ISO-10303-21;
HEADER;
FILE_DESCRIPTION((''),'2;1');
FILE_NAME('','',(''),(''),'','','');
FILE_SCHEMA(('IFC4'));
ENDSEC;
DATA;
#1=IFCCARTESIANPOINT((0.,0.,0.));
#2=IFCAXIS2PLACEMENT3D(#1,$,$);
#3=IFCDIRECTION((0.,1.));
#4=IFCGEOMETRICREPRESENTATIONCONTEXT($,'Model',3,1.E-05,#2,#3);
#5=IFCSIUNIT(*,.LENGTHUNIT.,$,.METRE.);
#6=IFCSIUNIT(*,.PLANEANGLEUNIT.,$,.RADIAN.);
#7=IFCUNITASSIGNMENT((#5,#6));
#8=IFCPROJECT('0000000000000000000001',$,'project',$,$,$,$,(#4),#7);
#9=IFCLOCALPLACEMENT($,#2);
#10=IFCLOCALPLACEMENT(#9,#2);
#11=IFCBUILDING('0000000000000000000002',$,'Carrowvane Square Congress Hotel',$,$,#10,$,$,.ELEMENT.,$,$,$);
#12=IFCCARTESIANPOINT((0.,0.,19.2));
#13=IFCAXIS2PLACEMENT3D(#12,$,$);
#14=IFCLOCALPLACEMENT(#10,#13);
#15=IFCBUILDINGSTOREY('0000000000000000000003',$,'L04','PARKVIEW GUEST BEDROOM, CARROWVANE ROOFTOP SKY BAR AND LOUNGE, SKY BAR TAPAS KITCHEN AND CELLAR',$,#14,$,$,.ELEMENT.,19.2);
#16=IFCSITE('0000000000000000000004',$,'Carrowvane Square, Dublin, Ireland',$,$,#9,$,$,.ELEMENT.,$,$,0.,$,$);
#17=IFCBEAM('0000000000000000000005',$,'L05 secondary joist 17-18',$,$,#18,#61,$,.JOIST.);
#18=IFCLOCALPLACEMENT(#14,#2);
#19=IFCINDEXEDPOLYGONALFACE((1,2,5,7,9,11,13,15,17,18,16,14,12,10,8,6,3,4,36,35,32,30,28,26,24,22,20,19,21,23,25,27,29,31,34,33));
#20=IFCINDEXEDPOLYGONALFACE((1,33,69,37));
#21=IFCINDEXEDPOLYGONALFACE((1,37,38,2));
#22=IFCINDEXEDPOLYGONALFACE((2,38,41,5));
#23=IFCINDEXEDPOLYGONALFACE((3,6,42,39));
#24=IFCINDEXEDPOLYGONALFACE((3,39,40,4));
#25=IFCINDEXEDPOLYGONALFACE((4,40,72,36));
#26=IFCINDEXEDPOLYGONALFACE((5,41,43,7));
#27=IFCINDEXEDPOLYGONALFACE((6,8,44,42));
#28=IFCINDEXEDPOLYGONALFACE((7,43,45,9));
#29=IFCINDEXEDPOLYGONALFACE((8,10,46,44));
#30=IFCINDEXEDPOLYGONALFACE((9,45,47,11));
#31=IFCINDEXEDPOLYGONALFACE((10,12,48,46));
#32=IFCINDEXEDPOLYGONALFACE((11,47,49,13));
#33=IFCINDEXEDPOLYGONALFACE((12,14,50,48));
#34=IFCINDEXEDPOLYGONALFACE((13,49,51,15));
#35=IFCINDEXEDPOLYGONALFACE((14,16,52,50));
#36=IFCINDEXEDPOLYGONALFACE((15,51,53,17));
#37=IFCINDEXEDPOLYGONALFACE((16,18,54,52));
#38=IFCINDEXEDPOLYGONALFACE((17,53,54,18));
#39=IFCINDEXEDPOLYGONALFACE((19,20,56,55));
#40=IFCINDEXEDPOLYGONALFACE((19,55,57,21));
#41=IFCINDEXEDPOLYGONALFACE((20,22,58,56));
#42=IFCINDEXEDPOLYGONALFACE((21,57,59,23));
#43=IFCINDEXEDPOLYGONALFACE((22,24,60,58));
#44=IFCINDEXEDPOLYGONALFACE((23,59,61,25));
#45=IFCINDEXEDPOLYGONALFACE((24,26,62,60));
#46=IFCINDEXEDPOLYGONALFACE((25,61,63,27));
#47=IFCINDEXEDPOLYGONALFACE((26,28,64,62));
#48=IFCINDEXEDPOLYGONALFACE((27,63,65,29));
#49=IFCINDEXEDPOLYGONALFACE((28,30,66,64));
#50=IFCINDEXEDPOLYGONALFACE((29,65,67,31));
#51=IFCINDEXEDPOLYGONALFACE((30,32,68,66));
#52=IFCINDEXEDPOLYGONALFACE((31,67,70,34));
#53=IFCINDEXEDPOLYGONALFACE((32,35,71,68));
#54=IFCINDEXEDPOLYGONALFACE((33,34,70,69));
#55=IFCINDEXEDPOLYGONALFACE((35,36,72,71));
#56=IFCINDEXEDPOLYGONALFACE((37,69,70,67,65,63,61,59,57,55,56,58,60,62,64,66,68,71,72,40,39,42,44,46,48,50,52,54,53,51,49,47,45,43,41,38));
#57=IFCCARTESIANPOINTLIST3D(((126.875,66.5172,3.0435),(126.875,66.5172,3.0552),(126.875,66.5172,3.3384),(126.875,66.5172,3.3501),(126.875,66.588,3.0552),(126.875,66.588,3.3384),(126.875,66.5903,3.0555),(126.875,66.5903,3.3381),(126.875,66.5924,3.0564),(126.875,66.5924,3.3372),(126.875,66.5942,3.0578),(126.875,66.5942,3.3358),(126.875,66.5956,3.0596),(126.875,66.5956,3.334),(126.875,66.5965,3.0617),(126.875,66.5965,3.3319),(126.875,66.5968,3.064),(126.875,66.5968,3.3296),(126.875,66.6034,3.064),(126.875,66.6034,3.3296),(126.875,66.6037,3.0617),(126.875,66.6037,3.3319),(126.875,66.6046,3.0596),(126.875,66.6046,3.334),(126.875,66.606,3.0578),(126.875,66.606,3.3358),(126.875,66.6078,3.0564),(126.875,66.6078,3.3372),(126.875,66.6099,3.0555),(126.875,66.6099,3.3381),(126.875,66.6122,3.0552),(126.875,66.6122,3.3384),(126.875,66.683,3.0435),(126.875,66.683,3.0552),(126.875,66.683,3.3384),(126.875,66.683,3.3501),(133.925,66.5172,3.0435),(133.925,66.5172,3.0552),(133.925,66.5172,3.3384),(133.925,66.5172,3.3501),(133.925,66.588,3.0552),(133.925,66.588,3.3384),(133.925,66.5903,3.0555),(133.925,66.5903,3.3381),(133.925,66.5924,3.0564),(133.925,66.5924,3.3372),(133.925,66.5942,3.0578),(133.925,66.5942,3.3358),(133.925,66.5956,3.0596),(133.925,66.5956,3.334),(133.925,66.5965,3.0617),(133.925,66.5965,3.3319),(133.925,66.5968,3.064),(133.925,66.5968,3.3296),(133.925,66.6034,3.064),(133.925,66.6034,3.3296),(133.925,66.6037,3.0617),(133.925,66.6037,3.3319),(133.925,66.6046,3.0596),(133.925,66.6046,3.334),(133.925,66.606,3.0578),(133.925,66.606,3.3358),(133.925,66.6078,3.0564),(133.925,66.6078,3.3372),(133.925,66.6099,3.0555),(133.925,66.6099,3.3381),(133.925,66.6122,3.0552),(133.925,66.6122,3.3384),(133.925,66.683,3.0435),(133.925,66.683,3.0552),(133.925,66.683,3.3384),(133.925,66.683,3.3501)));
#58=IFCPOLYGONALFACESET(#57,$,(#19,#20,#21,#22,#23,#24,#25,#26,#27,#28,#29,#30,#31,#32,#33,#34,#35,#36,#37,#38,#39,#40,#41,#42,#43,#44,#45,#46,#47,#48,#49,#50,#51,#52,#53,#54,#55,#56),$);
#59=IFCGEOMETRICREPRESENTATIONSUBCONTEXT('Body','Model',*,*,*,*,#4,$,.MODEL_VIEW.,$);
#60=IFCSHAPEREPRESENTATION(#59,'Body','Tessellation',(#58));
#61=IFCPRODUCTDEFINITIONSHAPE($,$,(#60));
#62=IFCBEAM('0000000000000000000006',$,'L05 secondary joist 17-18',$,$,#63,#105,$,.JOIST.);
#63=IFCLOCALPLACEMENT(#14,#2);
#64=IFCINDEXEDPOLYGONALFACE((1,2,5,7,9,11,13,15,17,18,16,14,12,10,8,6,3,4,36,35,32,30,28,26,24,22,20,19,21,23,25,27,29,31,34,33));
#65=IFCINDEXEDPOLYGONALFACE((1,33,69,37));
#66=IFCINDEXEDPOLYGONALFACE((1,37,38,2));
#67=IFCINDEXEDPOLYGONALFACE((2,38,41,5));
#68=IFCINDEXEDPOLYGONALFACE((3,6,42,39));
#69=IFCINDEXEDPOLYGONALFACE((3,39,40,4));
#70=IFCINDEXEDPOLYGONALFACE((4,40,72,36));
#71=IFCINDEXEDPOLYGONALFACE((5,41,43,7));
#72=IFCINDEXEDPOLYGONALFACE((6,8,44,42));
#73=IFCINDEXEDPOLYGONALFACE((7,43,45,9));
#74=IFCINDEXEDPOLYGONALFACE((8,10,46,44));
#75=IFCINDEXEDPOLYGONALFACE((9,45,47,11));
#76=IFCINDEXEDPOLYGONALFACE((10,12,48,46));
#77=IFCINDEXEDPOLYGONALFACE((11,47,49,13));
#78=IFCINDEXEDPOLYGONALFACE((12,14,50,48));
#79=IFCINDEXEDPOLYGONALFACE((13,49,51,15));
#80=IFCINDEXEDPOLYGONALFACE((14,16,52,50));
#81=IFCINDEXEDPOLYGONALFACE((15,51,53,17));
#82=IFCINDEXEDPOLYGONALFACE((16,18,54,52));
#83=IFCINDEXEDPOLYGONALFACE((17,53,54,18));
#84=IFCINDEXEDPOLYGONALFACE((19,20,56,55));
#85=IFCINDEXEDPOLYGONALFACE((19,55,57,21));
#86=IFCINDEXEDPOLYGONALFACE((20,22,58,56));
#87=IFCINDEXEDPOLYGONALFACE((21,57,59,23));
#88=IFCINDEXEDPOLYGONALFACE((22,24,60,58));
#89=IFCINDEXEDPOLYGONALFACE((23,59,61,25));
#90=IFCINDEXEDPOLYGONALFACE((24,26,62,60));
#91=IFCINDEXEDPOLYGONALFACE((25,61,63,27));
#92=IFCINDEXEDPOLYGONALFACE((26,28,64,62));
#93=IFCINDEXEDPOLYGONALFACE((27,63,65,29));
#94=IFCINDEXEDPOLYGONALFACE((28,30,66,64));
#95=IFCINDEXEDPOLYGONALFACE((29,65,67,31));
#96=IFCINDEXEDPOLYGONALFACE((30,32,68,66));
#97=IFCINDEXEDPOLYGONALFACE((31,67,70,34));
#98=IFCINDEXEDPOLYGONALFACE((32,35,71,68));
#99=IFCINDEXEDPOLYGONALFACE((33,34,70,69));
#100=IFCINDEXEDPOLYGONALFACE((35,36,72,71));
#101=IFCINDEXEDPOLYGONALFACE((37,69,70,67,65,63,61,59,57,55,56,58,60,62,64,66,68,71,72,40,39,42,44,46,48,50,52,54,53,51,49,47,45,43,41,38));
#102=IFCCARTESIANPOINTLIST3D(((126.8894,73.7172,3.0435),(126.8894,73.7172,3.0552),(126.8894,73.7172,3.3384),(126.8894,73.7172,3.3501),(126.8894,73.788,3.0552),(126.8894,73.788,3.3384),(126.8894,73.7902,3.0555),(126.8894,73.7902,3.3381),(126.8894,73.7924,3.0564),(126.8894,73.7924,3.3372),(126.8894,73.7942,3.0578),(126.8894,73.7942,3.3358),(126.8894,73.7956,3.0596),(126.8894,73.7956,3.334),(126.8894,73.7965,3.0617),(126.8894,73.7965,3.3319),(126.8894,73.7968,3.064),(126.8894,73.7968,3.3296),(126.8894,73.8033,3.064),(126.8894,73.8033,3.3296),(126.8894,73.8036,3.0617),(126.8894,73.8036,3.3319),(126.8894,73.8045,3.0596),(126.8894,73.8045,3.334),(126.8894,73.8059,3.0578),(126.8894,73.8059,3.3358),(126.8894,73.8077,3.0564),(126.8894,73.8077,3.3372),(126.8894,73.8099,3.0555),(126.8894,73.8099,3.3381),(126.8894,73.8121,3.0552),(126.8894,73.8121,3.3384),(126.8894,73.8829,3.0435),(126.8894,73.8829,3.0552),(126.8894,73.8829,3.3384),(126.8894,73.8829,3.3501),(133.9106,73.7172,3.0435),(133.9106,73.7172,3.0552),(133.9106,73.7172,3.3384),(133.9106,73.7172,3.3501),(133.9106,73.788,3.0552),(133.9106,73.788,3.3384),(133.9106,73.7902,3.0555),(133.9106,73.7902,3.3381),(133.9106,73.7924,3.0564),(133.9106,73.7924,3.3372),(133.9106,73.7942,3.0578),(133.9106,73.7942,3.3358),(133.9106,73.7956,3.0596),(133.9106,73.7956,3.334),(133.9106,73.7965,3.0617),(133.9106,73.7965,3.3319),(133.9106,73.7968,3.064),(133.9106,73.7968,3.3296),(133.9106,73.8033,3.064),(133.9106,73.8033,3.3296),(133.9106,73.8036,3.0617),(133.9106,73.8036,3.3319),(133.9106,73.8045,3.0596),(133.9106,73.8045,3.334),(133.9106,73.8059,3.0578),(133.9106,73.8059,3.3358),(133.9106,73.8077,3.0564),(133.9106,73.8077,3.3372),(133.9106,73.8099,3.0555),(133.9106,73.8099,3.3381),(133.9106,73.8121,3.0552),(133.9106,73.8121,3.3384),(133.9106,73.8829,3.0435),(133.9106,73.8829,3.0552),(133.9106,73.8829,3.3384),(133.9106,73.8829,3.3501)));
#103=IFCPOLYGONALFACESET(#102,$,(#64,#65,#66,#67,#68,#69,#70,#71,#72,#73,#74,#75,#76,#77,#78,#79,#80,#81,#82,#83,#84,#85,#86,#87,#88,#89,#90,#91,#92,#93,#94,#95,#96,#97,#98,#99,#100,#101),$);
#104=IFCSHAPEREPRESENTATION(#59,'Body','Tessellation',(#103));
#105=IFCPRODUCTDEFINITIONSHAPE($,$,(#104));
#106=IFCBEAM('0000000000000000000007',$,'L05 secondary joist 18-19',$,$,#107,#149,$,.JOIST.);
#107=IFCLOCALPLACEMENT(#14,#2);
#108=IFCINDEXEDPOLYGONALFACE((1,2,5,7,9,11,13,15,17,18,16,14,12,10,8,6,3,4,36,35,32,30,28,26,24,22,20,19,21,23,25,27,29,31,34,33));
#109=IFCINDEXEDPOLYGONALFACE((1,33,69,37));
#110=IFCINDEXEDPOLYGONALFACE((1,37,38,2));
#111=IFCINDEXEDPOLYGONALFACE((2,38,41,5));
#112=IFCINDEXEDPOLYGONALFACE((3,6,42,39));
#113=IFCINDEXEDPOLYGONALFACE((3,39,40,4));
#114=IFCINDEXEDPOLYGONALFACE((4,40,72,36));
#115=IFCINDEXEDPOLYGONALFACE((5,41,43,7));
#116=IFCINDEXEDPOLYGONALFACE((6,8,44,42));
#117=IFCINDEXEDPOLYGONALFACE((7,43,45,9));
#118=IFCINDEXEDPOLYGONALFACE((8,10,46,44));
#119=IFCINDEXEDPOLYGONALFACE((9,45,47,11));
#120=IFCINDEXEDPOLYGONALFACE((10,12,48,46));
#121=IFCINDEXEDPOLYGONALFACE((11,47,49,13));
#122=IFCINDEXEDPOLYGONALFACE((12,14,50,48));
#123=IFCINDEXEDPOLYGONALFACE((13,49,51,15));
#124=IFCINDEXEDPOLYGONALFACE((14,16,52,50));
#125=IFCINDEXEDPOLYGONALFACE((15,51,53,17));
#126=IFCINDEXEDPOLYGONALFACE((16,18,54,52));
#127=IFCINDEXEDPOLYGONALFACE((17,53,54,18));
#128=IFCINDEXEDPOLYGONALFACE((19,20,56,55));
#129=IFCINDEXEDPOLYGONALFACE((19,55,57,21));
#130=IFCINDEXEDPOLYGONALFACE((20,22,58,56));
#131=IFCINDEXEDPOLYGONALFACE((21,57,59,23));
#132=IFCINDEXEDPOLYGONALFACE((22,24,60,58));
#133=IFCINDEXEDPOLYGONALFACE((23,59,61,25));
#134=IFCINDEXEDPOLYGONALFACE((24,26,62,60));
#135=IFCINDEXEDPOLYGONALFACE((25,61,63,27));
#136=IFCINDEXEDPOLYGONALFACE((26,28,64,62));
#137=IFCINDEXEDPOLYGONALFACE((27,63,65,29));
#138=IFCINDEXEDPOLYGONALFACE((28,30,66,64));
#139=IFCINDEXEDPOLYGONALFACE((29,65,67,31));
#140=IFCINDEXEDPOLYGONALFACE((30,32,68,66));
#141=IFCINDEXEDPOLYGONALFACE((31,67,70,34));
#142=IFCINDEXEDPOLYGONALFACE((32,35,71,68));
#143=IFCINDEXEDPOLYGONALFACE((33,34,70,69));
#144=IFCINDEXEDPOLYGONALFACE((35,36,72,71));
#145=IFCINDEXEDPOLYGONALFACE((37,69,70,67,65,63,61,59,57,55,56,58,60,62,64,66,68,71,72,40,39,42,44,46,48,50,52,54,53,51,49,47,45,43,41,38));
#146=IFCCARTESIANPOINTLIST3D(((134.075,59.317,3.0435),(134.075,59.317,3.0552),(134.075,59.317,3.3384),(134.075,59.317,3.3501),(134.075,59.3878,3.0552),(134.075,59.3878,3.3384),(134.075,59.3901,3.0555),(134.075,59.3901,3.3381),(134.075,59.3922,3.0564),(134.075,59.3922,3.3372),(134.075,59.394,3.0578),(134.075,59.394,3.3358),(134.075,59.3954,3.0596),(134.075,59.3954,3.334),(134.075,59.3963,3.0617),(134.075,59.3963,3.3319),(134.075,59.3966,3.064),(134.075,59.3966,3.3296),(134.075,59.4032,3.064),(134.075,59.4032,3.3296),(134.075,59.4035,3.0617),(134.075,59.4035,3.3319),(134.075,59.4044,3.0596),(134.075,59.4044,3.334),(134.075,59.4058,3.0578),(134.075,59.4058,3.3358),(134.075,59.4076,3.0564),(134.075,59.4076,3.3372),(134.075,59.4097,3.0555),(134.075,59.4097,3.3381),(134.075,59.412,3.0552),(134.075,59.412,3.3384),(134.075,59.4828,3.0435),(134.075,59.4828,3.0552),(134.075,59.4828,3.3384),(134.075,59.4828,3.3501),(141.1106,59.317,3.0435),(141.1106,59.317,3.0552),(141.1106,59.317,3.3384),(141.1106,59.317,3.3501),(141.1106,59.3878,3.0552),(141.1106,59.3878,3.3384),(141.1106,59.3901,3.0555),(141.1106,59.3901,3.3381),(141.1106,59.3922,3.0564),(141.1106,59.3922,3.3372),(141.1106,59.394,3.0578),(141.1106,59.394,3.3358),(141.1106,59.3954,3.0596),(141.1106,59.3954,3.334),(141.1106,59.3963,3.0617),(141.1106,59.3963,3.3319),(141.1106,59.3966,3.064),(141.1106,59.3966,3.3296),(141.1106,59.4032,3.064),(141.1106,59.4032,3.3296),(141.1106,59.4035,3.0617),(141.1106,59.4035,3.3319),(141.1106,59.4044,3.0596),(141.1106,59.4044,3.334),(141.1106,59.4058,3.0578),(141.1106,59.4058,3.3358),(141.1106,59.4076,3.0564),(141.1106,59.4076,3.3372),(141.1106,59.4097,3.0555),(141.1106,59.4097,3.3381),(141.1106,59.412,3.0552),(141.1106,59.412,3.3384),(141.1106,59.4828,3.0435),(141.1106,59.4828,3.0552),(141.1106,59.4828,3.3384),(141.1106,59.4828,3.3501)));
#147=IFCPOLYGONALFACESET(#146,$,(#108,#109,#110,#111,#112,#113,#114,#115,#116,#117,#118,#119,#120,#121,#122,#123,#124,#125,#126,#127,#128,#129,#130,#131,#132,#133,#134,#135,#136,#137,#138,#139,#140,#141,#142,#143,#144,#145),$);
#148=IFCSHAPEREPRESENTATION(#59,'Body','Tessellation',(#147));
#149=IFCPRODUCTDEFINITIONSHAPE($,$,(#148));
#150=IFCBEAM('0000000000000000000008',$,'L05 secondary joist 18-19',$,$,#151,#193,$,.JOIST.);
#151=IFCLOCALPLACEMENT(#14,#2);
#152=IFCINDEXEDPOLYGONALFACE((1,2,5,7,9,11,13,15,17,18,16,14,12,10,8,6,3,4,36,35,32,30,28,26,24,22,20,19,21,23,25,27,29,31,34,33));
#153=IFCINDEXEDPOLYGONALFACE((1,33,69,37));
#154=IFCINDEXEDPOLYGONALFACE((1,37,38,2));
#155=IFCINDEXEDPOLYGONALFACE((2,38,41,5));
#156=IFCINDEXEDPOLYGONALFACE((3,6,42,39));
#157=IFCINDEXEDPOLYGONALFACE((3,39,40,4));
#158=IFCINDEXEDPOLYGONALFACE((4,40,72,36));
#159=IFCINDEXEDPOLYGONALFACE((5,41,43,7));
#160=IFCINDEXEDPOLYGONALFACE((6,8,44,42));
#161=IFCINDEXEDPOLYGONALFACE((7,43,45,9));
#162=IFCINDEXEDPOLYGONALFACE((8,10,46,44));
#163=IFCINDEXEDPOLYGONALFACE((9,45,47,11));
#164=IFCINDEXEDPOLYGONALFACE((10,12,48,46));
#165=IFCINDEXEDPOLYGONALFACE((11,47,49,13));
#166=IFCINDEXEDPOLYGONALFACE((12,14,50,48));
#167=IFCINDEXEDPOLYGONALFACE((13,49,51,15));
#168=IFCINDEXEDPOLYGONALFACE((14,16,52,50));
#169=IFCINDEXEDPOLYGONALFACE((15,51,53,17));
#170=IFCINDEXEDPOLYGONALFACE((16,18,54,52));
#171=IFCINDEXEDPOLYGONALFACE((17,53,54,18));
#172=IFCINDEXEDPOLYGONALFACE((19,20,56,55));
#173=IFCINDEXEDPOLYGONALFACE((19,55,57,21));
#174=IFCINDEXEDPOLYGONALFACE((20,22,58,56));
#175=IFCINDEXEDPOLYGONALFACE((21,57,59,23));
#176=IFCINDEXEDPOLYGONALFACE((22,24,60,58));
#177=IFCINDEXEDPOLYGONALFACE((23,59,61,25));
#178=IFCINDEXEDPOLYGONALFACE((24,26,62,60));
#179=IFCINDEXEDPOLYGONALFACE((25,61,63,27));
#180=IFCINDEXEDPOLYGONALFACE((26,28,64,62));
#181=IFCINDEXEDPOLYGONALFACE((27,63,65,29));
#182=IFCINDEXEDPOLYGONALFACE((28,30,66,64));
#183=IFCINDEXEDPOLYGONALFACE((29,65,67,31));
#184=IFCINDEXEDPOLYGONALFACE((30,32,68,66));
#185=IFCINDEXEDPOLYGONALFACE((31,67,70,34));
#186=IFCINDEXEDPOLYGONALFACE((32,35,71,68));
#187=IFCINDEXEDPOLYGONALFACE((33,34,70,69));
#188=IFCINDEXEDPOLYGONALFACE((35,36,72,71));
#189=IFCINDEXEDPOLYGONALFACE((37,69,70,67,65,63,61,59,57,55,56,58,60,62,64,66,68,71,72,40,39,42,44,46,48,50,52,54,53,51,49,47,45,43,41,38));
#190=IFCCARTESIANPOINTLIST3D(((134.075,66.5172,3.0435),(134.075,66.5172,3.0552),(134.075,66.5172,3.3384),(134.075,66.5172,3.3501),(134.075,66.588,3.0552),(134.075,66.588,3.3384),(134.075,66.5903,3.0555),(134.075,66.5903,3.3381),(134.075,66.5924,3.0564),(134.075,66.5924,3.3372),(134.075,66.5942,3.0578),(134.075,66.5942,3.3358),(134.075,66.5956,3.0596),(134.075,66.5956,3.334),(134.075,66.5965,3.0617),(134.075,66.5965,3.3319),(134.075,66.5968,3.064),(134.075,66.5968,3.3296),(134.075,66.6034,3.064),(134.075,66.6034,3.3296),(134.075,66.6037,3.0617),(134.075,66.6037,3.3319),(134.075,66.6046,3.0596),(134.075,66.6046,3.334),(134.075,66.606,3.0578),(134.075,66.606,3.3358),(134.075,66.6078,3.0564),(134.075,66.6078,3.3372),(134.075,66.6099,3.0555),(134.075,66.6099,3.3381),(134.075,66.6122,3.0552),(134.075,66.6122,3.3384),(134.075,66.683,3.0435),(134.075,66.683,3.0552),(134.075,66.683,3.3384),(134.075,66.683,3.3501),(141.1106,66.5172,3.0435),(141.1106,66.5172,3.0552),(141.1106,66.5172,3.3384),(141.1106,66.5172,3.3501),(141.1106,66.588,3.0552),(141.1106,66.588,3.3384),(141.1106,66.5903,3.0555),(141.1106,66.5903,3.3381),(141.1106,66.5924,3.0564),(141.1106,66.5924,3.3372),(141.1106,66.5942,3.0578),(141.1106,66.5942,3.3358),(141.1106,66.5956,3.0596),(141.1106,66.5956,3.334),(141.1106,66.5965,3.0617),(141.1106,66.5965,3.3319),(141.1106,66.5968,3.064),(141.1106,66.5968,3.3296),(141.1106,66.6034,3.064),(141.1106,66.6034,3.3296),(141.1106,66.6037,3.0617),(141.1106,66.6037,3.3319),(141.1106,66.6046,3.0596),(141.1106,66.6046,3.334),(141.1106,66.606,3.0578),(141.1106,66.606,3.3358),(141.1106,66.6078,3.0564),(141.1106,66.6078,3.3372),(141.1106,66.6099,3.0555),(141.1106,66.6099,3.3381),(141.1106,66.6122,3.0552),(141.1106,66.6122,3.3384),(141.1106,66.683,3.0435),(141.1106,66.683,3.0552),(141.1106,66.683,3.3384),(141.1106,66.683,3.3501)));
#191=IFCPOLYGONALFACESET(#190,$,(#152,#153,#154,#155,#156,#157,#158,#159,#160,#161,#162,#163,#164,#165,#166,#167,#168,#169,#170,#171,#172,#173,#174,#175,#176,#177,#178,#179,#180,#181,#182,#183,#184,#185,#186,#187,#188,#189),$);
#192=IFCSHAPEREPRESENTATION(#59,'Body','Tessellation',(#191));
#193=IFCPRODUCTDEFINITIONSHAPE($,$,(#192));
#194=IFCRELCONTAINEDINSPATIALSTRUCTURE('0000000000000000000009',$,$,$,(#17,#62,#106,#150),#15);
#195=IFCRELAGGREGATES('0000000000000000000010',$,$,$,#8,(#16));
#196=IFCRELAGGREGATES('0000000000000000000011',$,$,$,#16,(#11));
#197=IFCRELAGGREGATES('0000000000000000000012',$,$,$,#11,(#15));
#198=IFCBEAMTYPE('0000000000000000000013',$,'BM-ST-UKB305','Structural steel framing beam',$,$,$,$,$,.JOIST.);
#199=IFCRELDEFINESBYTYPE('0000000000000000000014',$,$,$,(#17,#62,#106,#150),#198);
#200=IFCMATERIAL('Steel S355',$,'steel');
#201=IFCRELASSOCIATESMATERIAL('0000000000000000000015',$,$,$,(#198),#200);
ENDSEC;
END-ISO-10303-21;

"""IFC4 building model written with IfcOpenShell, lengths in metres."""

from ifc_helpers import new_model, si_unit, direction, frame, origin, origin_2d, place, context, subcontext, project, spatial, i_section, extrude, material, material_profile, profile_set, type_object, element, save


model = new_model("IFC4")

# Units and contexts
model_context = context("Model", 3, precision=1e-05, world=origin(), true_north=direction((0.0, 1.0)))
body_context = subcontext(model_context, "Body", "Model", "MODEL_VIEW")
ifc_project = project(units=[si_unit("LENGTHUNIT", "METRE"), si_unit("PLANEANGLEUNIT", "RADIAN")], contexts=[model_context])

# Site, building, storey
site_placement = place(None, origin())
site = spatial("IfcSite", under=ifc_project, at=site_placement, Name="Carrowvane Square, Dublin, Ireland", CompositionType="ELEMENT", RefElevation=0.0)
building_placement = place(site_placement, origin())
building = spatial("IfcBuilding", under=site, at=building_placement, Name="Carrowvane Square Congress Hotel", CompositionType="ELEMENT")
storey_placement = place(building_placement, frame((0.0, 0.0, 19.2)))
storey = spatial("IfcBuildingStorey", under=building, at=storey_placement, Name="L04", Description="PARKVIEW GUEST BEDROOM, CARROWVANE ROOFTOP SKY BAR AND LOUNGE, SKY BAR TAPAS KITCHEN AND CELLAR", CompositionType="ELEMENT", Elevation=19.2)

# Beams
ifc_material_1 = material(Name="Steel S355", Category="steel")
ifc_material_profile_1 = material_profile(ifc_material_1, i_section(OverallWidth=0.1658, OverallDepth=0.3066, WebThickness=0.0066, FlangeThickness=0.0117, FilletRadius=0.0088, at=origin_2d()), Name="UKB 305x165x46")
ifc_profile_set_1 = profile_set([ifc_material_profile_1], Name="Steel S355")
beam_type_1 = type_object("IfcBeamType", Name="BM-ST-UKB305", Description="Structural steel framing beam", PredefinedType="JOIST", material=ifc_profile_set_1)
for number, where, z_axis, x_axis, name in (
    (1, (126.875, 66.6001, 3.1968), (1.0, 0.0, 0.0), (0.0, 1.0, 0.0), "L05 secondary joist 17-18"),
):
    element("IfcBeam", number, at=place(storey_placement, frame(where, z_axis=z_axis, x_axis=x_axis)), inside=storey, type_object=beam_type_1, Name=name, PredefinedType="JOIST", context=body_context, shape_type="SweptSolid", body=[
        extrude(i_section(OverallWidth=0.1658, OverallDepth=0.3066, WebThickness=0.0066, FlangeThickness=0.0117, FilletRadius=0.0088, at=origin_2d()), origin(), (0.0, 0.0, 1.0), 7.05),
    ])
beam_1_placement = place(storey_placement, frame((126.8894, 73.8, 3.1968), z_axis=(1.0, 0.0, 0.0), x_axis=(0.0, 1.0, 0.0)))
element("IfcBeam", 2, at=beam_1_placement, inside=storey, type_object=beam_type_1, Name="L05 secondary joist 17-18", PredefinedType="JOIST", context=body_context, shape_type="SweptSolid", body=[
    extrude(i_section(OverallWidth=0.1658, OverallDepth=0.3066, WebThickness=0.0066, FlangeThickness=0.0117, FilletRadius=0.0088, at=origin_2d()), origin(), (0.0, 0.0, 1.0), 7.0212),
])
for number, where, z_axis, x_axis, name in (
    (3, (134.075, 59.3999, 3.1968), (1.0, 0.0, 0.0), (0.0, 1.0, 0.0), "L05 secondary joist 18-19"),
    (4, (134.075, 66.6001, 3.1968), (1.0, 0.0, 0.0), (0.0, 1.0, 0.0), "L05 secondary joist 18-19"),
):
    element("IfcBeam", number, at=place(storey_placement, frame(where, z_axis=z_axis, x_axis=x_axis)), inside=storey, type_object=beam_type_1, Name=name, PredefinedType="JOIST", context=body_context, shape_type="SweptSolid", body=[
        extrude(i_section(OverallWidth=0.1658, OverallDepth=0.3066, WebThickness=0.0066, FlangeThickness=0.0117, FilletRadius=0.0088, at=origin_2d()), origin(), (0.0, 0.0, 1.0), 7.0356),
    ])

save(model, "model.ifc")
